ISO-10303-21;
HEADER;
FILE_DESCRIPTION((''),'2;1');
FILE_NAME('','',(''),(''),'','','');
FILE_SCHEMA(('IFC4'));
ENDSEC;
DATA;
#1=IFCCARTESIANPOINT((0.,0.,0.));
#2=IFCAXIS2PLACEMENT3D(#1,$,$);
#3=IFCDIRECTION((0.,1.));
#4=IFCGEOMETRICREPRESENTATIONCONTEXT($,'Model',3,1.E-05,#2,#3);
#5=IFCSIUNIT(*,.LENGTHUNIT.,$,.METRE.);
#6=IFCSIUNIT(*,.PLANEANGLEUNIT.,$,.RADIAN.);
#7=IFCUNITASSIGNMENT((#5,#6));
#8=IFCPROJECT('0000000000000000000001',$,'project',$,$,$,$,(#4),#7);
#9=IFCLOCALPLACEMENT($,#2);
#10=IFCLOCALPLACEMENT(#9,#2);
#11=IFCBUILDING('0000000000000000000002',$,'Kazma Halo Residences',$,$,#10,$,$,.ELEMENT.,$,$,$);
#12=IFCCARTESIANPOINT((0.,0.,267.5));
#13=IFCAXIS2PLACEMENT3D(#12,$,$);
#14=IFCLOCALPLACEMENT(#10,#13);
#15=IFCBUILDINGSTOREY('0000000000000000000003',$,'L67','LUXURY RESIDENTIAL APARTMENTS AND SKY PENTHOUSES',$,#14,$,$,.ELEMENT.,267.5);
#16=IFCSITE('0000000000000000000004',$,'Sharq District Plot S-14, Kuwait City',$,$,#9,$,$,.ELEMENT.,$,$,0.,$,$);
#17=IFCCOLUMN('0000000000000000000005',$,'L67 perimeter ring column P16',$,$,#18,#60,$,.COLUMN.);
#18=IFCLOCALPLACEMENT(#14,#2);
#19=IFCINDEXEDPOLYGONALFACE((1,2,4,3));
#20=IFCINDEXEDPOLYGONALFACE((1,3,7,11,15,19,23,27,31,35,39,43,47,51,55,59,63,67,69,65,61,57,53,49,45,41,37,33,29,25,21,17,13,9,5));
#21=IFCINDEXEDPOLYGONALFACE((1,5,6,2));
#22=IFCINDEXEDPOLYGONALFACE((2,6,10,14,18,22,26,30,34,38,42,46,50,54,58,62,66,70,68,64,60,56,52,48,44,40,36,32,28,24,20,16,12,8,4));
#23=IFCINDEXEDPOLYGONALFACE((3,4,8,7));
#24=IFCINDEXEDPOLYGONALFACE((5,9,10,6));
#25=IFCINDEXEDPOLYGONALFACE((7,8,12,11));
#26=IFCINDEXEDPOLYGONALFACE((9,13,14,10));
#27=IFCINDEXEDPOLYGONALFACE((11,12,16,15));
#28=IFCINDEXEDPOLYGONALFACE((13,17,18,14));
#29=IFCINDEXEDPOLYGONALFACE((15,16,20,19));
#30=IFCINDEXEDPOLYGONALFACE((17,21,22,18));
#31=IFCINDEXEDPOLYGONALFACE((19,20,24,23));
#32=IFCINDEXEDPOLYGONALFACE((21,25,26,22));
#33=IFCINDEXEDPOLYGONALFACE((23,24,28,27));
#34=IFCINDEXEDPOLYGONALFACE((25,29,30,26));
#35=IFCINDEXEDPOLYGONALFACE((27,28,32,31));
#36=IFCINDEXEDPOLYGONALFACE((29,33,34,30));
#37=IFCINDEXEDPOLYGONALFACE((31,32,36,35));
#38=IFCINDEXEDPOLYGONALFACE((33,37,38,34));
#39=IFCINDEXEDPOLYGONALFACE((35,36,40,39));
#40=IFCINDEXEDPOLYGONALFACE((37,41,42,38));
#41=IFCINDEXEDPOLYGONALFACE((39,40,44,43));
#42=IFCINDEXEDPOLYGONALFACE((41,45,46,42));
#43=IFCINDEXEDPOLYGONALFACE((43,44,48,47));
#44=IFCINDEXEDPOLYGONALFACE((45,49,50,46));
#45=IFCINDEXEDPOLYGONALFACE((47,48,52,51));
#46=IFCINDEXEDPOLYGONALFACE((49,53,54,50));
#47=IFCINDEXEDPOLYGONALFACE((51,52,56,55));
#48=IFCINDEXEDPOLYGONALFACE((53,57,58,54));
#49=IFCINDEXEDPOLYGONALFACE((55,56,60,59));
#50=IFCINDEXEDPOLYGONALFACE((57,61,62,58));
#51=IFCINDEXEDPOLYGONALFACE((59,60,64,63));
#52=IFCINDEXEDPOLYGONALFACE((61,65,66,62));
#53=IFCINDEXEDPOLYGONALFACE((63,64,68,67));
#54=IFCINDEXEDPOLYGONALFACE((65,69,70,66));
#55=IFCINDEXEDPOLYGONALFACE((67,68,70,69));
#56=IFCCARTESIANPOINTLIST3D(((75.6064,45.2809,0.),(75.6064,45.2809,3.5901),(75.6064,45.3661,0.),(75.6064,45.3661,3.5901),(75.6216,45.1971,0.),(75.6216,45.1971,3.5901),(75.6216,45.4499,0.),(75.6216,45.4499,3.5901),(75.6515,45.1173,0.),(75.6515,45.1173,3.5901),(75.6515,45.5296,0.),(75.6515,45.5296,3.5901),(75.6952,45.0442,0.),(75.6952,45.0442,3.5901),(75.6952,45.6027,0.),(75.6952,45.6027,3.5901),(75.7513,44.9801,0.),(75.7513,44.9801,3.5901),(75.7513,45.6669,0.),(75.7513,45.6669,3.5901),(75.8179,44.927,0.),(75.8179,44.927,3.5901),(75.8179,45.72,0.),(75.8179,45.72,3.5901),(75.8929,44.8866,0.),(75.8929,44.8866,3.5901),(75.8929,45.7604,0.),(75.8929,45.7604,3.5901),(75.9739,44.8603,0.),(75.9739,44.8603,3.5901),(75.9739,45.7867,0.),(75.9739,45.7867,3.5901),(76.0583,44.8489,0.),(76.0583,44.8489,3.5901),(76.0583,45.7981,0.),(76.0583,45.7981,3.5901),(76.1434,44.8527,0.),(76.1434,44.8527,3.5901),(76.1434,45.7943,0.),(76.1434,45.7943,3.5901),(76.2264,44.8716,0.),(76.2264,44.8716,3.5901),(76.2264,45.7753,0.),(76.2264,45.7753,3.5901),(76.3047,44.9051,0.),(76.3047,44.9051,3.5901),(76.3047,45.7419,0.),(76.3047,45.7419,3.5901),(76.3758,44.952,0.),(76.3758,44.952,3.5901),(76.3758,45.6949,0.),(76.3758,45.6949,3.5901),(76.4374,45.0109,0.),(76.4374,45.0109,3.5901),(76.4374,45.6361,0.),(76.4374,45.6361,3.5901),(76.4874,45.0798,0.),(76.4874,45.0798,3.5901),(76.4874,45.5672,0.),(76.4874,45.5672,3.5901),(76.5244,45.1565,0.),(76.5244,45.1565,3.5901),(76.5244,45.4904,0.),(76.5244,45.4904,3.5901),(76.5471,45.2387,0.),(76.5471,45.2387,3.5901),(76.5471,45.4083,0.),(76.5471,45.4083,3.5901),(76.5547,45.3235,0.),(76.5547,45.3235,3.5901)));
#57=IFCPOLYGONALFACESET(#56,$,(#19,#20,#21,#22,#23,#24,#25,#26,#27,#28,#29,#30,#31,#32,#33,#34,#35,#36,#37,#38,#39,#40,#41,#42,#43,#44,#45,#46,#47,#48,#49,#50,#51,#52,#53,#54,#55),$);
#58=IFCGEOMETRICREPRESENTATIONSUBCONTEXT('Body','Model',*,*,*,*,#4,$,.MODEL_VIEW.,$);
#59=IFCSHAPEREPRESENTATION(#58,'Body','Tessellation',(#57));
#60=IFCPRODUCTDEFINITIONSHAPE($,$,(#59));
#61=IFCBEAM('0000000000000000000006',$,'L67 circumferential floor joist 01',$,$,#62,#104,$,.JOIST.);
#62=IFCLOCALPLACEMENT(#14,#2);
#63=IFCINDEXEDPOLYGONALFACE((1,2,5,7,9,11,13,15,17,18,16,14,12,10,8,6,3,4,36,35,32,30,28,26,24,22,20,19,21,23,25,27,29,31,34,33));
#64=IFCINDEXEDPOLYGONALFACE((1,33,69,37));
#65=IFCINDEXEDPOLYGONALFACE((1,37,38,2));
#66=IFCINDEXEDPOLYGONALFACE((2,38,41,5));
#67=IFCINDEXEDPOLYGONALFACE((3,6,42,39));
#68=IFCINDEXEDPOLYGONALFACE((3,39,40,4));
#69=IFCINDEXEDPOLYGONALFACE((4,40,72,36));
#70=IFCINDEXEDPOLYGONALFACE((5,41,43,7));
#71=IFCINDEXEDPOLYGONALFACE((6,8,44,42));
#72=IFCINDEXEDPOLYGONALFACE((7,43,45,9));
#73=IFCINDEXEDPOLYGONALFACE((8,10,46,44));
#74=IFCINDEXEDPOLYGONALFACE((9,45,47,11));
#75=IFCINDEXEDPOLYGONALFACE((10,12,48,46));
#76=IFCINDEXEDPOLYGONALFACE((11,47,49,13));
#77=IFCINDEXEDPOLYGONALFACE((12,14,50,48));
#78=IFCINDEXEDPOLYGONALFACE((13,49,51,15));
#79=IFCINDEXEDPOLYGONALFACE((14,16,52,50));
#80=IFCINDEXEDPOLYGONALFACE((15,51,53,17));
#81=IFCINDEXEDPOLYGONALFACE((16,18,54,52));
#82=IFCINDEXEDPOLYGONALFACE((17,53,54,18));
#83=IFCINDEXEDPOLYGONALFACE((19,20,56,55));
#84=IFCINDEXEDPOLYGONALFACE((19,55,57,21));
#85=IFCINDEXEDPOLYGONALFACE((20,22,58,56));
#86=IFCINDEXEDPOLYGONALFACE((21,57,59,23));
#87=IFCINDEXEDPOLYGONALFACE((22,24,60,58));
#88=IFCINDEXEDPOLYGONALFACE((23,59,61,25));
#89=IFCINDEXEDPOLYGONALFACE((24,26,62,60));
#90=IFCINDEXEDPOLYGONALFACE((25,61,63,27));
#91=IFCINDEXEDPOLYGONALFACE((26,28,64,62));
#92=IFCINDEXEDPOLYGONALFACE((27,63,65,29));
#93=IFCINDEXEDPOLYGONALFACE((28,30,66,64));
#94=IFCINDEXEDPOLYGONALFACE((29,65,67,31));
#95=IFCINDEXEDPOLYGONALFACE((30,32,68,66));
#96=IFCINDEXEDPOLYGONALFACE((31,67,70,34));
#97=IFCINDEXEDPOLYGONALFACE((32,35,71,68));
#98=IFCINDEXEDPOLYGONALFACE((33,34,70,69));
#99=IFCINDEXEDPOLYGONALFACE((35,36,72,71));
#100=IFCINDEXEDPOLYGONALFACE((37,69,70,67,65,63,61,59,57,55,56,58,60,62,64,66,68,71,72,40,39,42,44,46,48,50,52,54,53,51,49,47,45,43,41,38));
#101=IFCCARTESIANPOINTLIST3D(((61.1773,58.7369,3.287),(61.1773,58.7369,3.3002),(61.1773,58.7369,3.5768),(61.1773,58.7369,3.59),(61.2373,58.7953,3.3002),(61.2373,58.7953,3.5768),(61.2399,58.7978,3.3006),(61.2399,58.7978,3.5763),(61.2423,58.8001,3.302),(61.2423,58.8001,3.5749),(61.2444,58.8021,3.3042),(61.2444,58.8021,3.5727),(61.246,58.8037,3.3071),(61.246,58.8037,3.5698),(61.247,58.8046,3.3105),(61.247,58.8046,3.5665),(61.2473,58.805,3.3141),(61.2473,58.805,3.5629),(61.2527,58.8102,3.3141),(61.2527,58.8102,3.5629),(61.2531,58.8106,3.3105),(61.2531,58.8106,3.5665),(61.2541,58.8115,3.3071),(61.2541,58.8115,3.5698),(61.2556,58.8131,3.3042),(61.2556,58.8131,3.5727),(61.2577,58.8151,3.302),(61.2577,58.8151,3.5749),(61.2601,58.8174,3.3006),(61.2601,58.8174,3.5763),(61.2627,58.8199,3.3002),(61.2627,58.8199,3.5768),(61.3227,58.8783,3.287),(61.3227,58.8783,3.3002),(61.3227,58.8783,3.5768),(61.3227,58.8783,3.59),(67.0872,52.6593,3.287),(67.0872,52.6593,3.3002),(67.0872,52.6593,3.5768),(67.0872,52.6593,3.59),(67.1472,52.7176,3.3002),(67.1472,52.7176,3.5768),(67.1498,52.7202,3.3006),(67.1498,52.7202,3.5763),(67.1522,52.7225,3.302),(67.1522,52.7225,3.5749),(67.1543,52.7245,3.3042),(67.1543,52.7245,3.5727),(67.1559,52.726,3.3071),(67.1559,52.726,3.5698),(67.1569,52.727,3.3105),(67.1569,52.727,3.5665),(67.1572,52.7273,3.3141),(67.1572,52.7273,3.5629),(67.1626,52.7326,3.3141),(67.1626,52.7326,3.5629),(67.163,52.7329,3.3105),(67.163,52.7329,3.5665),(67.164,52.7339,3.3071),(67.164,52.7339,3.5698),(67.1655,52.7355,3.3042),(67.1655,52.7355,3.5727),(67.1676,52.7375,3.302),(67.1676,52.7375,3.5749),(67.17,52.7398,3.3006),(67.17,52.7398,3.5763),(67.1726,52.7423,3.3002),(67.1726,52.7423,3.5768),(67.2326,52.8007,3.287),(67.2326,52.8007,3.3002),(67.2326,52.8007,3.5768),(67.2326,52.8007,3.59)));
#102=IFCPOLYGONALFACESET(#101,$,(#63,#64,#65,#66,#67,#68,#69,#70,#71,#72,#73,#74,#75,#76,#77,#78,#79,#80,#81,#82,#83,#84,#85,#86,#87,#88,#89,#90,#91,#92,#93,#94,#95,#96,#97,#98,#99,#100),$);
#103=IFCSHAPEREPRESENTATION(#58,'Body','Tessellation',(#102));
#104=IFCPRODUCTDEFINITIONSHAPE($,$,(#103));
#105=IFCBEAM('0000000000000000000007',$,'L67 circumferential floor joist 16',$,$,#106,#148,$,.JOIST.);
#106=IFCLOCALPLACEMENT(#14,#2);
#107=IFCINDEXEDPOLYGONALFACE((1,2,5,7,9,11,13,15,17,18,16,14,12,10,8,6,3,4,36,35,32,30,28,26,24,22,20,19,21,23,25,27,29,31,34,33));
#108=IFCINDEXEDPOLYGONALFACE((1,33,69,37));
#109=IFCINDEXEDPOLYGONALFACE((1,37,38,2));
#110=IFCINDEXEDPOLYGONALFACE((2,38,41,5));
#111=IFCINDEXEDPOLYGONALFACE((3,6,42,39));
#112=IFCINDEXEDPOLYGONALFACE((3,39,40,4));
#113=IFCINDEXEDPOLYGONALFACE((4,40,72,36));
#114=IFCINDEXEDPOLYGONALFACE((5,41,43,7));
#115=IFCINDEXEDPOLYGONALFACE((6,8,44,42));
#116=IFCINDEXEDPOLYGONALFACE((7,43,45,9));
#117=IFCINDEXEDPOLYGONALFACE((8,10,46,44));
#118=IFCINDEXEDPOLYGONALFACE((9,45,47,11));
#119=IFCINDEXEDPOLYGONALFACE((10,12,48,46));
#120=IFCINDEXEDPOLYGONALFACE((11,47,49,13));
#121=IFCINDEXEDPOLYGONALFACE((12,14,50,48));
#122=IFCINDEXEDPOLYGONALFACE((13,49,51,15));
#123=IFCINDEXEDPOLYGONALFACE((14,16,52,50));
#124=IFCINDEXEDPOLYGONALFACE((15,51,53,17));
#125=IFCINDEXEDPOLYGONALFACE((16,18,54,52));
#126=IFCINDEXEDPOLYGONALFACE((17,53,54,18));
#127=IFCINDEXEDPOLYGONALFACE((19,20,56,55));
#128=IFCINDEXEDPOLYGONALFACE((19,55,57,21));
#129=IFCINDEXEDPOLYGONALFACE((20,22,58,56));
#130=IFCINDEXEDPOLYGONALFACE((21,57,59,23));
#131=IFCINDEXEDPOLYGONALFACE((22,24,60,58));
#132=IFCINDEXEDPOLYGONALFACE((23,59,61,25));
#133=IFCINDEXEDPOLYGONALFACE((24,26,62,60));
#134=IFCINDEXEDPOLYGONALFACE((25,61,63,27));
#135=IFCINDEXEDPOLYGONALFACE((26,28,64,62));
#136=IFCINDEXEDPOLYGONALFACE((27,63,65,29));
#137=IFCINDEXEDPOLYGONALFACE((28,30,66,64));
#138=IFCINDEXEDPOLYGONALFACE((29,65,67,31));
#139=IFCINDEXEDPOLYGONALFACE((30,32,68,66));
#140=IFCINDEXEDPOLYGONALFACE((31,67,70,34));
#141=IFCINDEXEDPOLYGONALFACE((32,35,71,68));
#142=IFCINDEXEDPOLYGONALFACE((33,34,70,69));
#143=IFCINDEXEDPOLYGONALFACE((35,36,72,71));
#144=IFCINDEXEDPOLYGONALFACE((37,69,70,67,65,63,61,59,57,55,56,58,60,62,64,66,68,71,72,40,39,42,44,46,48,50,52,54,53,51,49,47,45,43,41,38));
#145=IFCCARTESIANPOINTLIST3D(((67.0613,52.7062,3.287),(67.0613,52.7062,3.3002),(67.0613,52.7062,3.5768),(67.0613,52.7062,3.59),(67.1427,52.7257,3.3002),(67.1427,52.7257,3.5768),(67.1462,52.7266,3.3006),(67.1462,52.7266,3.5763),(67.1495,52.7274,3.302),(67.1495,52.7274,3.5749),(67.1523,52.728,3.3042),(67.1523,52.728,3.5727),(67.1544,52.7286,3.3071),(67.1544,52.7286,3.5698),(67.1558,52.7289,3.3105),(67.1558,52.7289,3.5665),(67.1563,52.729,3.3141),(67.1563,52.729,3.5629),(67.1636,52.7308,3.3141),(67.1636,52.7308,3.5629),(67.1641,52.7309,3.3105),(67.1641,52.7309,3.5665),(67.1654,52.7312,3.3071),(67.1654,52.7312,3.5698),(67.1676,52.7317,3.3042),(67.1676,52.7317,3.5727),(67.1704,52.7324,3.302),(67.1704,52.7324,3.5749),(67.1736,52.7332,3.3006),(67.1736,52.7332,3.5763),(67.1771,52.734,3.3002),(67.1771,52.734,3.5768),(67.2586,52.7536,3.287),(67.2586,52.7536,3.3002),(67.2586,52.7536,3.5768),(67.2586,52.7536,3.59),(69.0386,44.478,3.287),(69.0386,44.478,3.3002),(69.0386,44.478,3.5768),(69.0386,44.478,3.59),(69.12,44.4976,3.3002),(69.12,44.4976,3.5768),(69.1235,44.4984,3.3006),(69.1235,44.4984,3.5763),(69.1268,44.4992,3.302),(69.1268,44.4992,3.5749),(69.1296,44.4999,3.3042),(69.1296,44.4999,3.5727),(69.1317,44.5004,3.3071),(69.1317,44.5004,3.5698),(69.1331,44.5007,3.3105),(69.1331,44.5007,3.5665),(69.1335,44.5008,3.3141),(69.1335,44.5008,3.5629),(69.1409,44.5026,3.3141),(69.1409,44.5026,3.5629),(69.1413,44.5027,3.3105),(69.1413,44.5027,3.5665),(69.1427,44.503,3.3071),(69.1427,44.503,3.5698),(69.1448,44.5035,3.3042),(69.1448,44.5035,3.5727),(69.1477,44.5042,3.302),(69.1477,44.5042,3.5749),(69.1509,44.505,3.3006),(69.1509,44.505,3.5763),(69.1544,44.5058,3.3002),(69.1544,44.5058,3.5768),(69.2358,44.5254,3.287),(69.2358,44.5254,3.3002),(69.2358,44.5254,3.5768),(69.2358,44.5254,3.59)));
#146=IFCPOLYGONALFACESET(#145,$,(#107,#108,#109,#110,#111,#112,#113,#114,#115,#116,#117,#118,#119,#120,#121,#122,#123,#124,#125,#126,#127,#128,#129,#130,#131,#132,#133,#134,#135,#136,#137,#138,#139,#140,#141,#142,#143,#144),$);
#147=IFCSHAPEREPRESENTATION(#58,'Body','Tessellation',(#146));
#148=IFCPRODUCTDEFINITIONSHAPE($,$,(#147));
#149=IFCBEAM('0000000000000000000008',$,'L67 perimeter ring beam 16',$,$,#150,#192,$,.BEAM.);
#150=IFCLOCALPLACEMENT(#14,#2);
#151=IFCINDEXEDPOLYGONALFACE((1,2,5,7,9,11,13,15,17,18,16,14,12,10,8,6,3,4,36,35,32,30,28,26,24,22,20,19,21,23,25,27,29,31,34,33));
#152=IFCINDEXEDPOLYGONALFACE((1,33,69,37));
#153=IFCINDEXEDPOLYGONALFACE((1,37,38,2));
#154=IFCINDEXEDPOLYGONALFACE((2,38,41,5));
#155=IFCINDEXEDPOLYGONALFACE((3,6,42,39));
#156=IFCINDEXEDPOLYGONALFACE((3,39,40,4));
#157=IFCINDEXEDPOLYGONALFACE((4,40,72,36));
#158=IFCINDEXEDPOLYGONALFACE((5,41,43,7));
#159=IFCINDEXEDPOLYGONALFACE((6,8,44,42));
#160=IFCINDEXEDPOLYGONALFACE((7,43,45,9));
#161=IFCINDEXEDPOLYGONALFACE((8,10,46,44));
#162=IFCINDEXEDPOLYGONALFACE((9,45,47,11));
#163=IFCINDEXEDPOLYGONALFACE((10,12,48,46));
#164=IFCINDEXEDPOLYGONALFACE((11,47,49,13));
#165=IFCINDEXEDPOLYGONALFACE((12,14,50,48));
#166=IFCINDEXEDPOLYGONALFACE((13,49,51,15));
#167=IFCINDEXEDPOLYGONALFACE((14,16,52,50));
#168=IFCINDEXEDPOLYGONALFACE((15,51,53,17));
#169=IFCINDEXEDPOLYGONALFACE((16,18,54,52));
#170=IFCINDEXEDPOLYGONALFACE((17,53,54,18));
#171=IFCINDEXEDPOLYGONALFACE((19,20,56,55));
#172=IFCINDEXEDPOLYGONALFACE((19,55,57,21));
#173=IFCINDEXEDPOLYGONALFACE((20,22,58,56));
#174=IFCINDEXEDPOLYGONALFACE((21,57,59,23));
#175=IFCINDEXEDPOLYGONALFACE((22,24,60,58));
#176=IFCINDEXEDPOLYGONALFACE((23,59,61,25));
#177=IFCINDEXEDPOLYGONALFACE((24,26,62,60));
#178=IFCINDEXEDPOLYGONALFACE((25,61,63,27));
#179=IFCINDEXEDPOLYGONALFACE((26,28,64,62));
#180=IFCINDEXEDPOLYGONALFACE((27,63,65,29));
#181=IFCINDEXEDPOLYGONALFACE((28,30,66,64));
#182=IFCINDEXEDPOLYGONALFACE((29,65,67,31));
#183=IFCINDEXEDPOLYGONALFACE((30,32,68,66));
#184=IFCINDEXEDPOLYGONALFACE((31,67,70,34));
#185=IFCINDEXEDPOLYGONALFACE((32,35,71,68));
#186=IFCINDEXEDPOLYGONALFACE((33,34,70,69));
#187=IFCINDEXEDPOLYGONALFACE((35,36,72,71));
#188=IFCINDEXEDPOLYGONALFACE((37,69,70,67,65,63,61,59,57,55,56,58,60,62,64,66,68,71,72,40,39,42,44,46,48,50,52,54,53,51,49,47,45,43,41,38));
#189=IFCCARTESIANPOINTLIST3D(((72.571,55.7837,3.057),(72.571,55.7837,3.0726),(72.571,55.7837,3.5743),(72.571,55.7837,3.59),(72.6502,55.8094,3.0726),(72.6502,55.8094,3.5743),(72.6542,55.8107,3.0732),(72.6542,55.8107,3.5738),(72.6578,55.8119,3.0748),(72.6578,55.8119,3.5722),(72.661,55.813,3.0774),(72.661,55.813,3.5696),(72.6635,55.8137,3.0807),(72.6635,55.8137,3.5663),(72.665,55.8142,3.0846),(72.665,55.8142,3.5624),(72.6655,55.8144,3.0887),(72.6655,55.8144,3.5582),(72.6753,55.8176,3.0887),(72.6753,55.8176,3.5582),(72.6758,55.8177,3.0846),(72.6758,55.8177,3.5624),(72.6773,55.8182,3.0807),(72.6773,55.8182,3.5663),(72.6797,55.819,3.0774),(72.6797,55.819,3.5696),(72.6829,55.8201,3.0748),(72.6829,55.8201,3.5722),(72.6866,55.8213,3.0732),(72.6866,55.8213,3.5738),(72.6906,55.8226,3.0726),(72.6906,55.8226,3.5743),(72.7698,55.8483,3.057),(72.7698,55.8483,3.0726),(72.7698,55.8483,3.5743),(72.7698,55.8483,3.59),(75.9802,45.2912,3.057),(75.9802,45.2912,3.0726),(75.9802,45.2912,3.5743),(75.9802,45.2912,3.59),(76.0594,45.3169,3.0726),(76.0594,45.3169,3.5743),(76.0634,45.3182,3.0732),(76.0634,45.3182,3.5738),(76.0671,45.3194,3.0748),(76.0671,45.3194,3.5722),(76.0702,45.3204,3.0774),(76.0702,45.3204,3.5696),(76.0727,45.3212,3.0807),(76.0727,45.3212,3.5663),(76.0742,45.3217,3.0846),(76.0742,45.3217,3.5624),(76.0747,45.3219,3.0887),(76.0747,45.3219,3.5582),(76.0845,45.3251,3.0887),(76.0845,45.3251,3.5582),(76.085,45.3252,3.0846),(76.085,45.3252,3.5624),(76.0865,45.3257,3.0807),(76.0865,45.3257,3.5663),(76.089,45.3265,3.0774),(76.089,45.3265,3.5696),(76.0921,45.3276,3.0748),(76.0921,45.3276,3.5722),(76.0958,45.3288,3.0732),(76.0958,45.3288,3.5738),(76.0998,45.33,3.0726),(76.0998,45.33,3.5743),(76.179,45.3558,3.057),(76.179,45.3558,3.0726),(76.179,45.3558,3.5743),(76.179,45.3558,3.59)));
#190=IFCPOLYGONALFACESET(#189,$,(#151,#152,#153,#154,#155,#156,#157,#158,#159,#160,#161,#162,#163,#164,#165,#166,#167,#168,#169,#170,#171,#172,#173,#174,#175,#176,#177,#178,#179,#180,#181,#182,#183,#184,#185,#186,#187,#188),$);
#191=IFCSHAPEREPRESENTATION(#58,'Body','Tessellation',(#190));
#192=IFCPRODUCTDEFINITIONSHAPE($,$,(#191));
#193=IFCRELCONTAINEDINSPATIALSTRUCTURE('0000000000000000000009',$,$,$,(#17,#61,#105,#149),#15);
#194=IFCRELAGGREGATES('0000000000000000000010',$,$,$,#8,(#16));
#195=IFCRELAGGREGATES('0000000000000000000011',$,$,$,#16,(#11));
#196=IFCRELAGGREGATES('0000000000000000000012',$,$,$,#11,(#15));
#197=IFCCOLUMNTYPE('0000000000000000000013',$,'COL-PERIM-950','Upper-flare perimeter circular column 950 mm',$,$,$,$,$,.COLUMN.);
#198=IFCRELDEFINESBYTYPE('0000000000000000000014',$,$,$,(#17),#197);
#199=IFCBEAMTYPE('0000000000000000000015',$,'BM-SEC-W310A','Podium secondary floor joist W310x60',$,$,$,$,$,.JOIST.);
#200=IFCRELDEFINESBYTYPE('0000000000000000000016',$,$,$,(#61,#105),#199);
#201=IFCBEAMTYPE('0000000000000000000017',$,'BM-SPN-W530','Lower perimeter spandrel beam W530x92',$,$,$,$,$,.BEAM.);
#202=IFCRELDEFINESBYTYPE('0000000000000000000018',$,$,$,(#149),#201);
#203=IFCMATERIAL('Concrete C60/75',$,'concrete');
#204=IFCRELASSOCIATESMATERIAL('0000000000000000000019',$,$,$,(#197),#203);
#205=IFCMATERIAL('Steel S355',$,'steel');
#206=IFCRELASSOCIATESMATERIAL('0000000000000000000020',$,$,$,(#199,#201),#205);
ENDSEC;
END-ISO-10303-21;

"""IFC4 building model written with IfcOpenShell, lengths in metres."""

from ifc_helpers import new_model, si_unit, direction, frame, origin, origin_2d, place, context, subcontext, project, spatial, circle, i_section, extrude, material, material_profile, profile_set, type_object, element, save


model = new_model("IFC4")

# Units and contexts
model_context = context("Model", 3, precision=1e-05, world=origin(), true_north=direction((0.0, 1.0)))
body_context = subcontext(model_context, "Body", "Model", "MODEL_VIEW")
ifc_project = project(units=[si_unit("LENGTHUNIT", "METRE"), si_unit("PLANEANGLEUNIT", "RADIAN")], contexts=[model_context])

# Site, building, storey
site_placement = place(None, origin())
site = spatial("IfcSite", under=ifc_project, at=site_placement, Name="Sharq District Plot S-14, Kuwait City", CompositionType="ELEMENT", RefElevation=0.0)
building_placement = place(site_placement, origin())
building = spatial("IfcBuilding", under=site, at=building_placement, Name="Kazma Halo Residences", CompositionType="ELEMENT")
storey_placement = place(building_placement, frame((0.0, 0.0, 267.5)))
storey = spatial("IfcBuildingStorey", under=building, at=storey_placement, Name="L67", Description="LUXURY RESIDENTIAL APARTMENTS AND SKY PENTHOUSES", CompositionType="ELEMENT", Elevation=267.5)

# Column
ifc_material_1 = material(Name="Concrete C60/75", Category="concrete")
ifc_material_profile_1 = material_profile(ifc_material_1, circle(Radius=0.4751, at=origin_2d()), Name="CIRC950")
ifc_profile_set_1 = profile_set([ifc_material_profile_1], Name="Concrete C60/75")
column_type = type_object("IfcColumnType", Name="COL-PERIM-950", Description="Upper-flare perimeter circular column 950 mm", PredefinedType="COLUMN", material=ifc_profile_set_1)
column_placement = place(storey_placement, frame((76.0796, 45.3235, 0.0), z_axis=(0.0, 0.0, 1.0), x_axis=(1.0, 0.0, 0.0)))
element("IfcColumn", 1, at=column_placement, inside=storey, type_object=column_type, Name="L67 perimeter ring column P16", PredefinedType="COLUMN", context=body_context, shape_type="SweptSolid", body=[
    extrude(circle(Radius=0.4751, at=origin_2d()), origin(), (0.0, 0.0, 1.0), 3.5901),
])

# Beams
ifc_material_2 = material(Name="Steel S355", Category="steel")
ifc_material_profile_2 = material_profile(ifc_material_2, i_section(OverallWidth=0.2029, OverallDepth=0.303, WebThickness=0.0076, FlangeThickness=0.0132, FilletRadius=0.0139, at=origin_2d()), Name="W310x60")
ifc_profile_set_2 = profile_set([ifc_material_profile_2], Name="Steel S355")
beam_type_1 = type_object("IfcBeamType", Name="BM-SEC-W310A", Description="Podium secondary floor joist W310x60", PredefinedType="JOIST", material=ifc_profile_set_2)
beam_1_placement = place(storey_placement, frame((67.1599, 52.73, 3.4385), z_axis=(-0.697145, 0.71693, 0.0), x_axis=(-0.71693, -0.697145, 0.0)))
element("IfcBeam", 2, at=beam_1_placement, inside=storey, type_object=beam_type_1, Name="L67 circumferential floor joist 01", PredefinedType="JOIST", context=body_context, shape_type="SweptSolid", body=[
    extrude(i_section(OverallWidth=0.2029, OverallDepth=0.303, WebThickness=0.0076, FlangeThickness=0.0132, FilletRadius=0.0139, at=origin_2d()), origin(), (0.0, 0.0, 1.0), 8.4773),
])
beam_2_placement = place(storey_placement, frame((69.1372, 44.5017, 3.4385), z_axis=(-0.233653, 0.97232, 0.0), x_axis=(-0.97232, -0.233653, 0.0)))
element("IfcBeam", 3, at=beam_2_placement, inside=storey, type_object=beam_type_1, Name="L67 circumferential floor joist 16", PredefinedType="JOIST", context=body_context, shape_type="SweptSolid", body=[
    extrude(i_section(OverallWidth=0.2029, OverallDepth=0.303, WebThickness=0.0076, FlangeThickness=0.0132, FilletRadius=0.0139, at=origin_2d()), origin(), (0.0, 0.0, 1.0), 8.4624),
])
ifc_material_profile_3 = material_profile(ifc_material_2, i_section(OverallWidth=0.209, OverallDepth=0.533, WebThickness=0.0103, FlangeThickness=0.0156, FilletRadius=0.0161, at=origin_2d()), Name="W530x92")
ifc_profile_set_3 = profile_set([ifc_material_profile_3], Name="Steel S355")
beam_type_2 = type_object("IfcBeamType", Name="BM-SPN-W530", Description="Lower perimeter spandrel beam W530x92", PredefinedType="BEAM", material=ifc_profile_set_3)
beam_3_placement = place(storey_placement, frame((76.0796, 45.3235, 3.3235), z_axis=(-0.309016, 0.951057, 0.0), x_axis=(-0.951057, -0.309016, 0.0)))
element("IfcBeam", 4, at=beam_3_placement, inside=storey, type_object=beam_type_2, Name="L67 perimeter ring beam 16", PredefinedType="BEAM", context=body_context, shape_type="SweptSolid", body=[
    extrude(i_section(OverallWidth=0.209, OverallDepth=0.533, WebThickness=0.0103, FlangeThickness=0.0156, FilletRadius=0.0161, at=origin_2d()), origin(), (0.0, 0.0, 1.0), 11.0325),
])

save(model, "model.ifc")
